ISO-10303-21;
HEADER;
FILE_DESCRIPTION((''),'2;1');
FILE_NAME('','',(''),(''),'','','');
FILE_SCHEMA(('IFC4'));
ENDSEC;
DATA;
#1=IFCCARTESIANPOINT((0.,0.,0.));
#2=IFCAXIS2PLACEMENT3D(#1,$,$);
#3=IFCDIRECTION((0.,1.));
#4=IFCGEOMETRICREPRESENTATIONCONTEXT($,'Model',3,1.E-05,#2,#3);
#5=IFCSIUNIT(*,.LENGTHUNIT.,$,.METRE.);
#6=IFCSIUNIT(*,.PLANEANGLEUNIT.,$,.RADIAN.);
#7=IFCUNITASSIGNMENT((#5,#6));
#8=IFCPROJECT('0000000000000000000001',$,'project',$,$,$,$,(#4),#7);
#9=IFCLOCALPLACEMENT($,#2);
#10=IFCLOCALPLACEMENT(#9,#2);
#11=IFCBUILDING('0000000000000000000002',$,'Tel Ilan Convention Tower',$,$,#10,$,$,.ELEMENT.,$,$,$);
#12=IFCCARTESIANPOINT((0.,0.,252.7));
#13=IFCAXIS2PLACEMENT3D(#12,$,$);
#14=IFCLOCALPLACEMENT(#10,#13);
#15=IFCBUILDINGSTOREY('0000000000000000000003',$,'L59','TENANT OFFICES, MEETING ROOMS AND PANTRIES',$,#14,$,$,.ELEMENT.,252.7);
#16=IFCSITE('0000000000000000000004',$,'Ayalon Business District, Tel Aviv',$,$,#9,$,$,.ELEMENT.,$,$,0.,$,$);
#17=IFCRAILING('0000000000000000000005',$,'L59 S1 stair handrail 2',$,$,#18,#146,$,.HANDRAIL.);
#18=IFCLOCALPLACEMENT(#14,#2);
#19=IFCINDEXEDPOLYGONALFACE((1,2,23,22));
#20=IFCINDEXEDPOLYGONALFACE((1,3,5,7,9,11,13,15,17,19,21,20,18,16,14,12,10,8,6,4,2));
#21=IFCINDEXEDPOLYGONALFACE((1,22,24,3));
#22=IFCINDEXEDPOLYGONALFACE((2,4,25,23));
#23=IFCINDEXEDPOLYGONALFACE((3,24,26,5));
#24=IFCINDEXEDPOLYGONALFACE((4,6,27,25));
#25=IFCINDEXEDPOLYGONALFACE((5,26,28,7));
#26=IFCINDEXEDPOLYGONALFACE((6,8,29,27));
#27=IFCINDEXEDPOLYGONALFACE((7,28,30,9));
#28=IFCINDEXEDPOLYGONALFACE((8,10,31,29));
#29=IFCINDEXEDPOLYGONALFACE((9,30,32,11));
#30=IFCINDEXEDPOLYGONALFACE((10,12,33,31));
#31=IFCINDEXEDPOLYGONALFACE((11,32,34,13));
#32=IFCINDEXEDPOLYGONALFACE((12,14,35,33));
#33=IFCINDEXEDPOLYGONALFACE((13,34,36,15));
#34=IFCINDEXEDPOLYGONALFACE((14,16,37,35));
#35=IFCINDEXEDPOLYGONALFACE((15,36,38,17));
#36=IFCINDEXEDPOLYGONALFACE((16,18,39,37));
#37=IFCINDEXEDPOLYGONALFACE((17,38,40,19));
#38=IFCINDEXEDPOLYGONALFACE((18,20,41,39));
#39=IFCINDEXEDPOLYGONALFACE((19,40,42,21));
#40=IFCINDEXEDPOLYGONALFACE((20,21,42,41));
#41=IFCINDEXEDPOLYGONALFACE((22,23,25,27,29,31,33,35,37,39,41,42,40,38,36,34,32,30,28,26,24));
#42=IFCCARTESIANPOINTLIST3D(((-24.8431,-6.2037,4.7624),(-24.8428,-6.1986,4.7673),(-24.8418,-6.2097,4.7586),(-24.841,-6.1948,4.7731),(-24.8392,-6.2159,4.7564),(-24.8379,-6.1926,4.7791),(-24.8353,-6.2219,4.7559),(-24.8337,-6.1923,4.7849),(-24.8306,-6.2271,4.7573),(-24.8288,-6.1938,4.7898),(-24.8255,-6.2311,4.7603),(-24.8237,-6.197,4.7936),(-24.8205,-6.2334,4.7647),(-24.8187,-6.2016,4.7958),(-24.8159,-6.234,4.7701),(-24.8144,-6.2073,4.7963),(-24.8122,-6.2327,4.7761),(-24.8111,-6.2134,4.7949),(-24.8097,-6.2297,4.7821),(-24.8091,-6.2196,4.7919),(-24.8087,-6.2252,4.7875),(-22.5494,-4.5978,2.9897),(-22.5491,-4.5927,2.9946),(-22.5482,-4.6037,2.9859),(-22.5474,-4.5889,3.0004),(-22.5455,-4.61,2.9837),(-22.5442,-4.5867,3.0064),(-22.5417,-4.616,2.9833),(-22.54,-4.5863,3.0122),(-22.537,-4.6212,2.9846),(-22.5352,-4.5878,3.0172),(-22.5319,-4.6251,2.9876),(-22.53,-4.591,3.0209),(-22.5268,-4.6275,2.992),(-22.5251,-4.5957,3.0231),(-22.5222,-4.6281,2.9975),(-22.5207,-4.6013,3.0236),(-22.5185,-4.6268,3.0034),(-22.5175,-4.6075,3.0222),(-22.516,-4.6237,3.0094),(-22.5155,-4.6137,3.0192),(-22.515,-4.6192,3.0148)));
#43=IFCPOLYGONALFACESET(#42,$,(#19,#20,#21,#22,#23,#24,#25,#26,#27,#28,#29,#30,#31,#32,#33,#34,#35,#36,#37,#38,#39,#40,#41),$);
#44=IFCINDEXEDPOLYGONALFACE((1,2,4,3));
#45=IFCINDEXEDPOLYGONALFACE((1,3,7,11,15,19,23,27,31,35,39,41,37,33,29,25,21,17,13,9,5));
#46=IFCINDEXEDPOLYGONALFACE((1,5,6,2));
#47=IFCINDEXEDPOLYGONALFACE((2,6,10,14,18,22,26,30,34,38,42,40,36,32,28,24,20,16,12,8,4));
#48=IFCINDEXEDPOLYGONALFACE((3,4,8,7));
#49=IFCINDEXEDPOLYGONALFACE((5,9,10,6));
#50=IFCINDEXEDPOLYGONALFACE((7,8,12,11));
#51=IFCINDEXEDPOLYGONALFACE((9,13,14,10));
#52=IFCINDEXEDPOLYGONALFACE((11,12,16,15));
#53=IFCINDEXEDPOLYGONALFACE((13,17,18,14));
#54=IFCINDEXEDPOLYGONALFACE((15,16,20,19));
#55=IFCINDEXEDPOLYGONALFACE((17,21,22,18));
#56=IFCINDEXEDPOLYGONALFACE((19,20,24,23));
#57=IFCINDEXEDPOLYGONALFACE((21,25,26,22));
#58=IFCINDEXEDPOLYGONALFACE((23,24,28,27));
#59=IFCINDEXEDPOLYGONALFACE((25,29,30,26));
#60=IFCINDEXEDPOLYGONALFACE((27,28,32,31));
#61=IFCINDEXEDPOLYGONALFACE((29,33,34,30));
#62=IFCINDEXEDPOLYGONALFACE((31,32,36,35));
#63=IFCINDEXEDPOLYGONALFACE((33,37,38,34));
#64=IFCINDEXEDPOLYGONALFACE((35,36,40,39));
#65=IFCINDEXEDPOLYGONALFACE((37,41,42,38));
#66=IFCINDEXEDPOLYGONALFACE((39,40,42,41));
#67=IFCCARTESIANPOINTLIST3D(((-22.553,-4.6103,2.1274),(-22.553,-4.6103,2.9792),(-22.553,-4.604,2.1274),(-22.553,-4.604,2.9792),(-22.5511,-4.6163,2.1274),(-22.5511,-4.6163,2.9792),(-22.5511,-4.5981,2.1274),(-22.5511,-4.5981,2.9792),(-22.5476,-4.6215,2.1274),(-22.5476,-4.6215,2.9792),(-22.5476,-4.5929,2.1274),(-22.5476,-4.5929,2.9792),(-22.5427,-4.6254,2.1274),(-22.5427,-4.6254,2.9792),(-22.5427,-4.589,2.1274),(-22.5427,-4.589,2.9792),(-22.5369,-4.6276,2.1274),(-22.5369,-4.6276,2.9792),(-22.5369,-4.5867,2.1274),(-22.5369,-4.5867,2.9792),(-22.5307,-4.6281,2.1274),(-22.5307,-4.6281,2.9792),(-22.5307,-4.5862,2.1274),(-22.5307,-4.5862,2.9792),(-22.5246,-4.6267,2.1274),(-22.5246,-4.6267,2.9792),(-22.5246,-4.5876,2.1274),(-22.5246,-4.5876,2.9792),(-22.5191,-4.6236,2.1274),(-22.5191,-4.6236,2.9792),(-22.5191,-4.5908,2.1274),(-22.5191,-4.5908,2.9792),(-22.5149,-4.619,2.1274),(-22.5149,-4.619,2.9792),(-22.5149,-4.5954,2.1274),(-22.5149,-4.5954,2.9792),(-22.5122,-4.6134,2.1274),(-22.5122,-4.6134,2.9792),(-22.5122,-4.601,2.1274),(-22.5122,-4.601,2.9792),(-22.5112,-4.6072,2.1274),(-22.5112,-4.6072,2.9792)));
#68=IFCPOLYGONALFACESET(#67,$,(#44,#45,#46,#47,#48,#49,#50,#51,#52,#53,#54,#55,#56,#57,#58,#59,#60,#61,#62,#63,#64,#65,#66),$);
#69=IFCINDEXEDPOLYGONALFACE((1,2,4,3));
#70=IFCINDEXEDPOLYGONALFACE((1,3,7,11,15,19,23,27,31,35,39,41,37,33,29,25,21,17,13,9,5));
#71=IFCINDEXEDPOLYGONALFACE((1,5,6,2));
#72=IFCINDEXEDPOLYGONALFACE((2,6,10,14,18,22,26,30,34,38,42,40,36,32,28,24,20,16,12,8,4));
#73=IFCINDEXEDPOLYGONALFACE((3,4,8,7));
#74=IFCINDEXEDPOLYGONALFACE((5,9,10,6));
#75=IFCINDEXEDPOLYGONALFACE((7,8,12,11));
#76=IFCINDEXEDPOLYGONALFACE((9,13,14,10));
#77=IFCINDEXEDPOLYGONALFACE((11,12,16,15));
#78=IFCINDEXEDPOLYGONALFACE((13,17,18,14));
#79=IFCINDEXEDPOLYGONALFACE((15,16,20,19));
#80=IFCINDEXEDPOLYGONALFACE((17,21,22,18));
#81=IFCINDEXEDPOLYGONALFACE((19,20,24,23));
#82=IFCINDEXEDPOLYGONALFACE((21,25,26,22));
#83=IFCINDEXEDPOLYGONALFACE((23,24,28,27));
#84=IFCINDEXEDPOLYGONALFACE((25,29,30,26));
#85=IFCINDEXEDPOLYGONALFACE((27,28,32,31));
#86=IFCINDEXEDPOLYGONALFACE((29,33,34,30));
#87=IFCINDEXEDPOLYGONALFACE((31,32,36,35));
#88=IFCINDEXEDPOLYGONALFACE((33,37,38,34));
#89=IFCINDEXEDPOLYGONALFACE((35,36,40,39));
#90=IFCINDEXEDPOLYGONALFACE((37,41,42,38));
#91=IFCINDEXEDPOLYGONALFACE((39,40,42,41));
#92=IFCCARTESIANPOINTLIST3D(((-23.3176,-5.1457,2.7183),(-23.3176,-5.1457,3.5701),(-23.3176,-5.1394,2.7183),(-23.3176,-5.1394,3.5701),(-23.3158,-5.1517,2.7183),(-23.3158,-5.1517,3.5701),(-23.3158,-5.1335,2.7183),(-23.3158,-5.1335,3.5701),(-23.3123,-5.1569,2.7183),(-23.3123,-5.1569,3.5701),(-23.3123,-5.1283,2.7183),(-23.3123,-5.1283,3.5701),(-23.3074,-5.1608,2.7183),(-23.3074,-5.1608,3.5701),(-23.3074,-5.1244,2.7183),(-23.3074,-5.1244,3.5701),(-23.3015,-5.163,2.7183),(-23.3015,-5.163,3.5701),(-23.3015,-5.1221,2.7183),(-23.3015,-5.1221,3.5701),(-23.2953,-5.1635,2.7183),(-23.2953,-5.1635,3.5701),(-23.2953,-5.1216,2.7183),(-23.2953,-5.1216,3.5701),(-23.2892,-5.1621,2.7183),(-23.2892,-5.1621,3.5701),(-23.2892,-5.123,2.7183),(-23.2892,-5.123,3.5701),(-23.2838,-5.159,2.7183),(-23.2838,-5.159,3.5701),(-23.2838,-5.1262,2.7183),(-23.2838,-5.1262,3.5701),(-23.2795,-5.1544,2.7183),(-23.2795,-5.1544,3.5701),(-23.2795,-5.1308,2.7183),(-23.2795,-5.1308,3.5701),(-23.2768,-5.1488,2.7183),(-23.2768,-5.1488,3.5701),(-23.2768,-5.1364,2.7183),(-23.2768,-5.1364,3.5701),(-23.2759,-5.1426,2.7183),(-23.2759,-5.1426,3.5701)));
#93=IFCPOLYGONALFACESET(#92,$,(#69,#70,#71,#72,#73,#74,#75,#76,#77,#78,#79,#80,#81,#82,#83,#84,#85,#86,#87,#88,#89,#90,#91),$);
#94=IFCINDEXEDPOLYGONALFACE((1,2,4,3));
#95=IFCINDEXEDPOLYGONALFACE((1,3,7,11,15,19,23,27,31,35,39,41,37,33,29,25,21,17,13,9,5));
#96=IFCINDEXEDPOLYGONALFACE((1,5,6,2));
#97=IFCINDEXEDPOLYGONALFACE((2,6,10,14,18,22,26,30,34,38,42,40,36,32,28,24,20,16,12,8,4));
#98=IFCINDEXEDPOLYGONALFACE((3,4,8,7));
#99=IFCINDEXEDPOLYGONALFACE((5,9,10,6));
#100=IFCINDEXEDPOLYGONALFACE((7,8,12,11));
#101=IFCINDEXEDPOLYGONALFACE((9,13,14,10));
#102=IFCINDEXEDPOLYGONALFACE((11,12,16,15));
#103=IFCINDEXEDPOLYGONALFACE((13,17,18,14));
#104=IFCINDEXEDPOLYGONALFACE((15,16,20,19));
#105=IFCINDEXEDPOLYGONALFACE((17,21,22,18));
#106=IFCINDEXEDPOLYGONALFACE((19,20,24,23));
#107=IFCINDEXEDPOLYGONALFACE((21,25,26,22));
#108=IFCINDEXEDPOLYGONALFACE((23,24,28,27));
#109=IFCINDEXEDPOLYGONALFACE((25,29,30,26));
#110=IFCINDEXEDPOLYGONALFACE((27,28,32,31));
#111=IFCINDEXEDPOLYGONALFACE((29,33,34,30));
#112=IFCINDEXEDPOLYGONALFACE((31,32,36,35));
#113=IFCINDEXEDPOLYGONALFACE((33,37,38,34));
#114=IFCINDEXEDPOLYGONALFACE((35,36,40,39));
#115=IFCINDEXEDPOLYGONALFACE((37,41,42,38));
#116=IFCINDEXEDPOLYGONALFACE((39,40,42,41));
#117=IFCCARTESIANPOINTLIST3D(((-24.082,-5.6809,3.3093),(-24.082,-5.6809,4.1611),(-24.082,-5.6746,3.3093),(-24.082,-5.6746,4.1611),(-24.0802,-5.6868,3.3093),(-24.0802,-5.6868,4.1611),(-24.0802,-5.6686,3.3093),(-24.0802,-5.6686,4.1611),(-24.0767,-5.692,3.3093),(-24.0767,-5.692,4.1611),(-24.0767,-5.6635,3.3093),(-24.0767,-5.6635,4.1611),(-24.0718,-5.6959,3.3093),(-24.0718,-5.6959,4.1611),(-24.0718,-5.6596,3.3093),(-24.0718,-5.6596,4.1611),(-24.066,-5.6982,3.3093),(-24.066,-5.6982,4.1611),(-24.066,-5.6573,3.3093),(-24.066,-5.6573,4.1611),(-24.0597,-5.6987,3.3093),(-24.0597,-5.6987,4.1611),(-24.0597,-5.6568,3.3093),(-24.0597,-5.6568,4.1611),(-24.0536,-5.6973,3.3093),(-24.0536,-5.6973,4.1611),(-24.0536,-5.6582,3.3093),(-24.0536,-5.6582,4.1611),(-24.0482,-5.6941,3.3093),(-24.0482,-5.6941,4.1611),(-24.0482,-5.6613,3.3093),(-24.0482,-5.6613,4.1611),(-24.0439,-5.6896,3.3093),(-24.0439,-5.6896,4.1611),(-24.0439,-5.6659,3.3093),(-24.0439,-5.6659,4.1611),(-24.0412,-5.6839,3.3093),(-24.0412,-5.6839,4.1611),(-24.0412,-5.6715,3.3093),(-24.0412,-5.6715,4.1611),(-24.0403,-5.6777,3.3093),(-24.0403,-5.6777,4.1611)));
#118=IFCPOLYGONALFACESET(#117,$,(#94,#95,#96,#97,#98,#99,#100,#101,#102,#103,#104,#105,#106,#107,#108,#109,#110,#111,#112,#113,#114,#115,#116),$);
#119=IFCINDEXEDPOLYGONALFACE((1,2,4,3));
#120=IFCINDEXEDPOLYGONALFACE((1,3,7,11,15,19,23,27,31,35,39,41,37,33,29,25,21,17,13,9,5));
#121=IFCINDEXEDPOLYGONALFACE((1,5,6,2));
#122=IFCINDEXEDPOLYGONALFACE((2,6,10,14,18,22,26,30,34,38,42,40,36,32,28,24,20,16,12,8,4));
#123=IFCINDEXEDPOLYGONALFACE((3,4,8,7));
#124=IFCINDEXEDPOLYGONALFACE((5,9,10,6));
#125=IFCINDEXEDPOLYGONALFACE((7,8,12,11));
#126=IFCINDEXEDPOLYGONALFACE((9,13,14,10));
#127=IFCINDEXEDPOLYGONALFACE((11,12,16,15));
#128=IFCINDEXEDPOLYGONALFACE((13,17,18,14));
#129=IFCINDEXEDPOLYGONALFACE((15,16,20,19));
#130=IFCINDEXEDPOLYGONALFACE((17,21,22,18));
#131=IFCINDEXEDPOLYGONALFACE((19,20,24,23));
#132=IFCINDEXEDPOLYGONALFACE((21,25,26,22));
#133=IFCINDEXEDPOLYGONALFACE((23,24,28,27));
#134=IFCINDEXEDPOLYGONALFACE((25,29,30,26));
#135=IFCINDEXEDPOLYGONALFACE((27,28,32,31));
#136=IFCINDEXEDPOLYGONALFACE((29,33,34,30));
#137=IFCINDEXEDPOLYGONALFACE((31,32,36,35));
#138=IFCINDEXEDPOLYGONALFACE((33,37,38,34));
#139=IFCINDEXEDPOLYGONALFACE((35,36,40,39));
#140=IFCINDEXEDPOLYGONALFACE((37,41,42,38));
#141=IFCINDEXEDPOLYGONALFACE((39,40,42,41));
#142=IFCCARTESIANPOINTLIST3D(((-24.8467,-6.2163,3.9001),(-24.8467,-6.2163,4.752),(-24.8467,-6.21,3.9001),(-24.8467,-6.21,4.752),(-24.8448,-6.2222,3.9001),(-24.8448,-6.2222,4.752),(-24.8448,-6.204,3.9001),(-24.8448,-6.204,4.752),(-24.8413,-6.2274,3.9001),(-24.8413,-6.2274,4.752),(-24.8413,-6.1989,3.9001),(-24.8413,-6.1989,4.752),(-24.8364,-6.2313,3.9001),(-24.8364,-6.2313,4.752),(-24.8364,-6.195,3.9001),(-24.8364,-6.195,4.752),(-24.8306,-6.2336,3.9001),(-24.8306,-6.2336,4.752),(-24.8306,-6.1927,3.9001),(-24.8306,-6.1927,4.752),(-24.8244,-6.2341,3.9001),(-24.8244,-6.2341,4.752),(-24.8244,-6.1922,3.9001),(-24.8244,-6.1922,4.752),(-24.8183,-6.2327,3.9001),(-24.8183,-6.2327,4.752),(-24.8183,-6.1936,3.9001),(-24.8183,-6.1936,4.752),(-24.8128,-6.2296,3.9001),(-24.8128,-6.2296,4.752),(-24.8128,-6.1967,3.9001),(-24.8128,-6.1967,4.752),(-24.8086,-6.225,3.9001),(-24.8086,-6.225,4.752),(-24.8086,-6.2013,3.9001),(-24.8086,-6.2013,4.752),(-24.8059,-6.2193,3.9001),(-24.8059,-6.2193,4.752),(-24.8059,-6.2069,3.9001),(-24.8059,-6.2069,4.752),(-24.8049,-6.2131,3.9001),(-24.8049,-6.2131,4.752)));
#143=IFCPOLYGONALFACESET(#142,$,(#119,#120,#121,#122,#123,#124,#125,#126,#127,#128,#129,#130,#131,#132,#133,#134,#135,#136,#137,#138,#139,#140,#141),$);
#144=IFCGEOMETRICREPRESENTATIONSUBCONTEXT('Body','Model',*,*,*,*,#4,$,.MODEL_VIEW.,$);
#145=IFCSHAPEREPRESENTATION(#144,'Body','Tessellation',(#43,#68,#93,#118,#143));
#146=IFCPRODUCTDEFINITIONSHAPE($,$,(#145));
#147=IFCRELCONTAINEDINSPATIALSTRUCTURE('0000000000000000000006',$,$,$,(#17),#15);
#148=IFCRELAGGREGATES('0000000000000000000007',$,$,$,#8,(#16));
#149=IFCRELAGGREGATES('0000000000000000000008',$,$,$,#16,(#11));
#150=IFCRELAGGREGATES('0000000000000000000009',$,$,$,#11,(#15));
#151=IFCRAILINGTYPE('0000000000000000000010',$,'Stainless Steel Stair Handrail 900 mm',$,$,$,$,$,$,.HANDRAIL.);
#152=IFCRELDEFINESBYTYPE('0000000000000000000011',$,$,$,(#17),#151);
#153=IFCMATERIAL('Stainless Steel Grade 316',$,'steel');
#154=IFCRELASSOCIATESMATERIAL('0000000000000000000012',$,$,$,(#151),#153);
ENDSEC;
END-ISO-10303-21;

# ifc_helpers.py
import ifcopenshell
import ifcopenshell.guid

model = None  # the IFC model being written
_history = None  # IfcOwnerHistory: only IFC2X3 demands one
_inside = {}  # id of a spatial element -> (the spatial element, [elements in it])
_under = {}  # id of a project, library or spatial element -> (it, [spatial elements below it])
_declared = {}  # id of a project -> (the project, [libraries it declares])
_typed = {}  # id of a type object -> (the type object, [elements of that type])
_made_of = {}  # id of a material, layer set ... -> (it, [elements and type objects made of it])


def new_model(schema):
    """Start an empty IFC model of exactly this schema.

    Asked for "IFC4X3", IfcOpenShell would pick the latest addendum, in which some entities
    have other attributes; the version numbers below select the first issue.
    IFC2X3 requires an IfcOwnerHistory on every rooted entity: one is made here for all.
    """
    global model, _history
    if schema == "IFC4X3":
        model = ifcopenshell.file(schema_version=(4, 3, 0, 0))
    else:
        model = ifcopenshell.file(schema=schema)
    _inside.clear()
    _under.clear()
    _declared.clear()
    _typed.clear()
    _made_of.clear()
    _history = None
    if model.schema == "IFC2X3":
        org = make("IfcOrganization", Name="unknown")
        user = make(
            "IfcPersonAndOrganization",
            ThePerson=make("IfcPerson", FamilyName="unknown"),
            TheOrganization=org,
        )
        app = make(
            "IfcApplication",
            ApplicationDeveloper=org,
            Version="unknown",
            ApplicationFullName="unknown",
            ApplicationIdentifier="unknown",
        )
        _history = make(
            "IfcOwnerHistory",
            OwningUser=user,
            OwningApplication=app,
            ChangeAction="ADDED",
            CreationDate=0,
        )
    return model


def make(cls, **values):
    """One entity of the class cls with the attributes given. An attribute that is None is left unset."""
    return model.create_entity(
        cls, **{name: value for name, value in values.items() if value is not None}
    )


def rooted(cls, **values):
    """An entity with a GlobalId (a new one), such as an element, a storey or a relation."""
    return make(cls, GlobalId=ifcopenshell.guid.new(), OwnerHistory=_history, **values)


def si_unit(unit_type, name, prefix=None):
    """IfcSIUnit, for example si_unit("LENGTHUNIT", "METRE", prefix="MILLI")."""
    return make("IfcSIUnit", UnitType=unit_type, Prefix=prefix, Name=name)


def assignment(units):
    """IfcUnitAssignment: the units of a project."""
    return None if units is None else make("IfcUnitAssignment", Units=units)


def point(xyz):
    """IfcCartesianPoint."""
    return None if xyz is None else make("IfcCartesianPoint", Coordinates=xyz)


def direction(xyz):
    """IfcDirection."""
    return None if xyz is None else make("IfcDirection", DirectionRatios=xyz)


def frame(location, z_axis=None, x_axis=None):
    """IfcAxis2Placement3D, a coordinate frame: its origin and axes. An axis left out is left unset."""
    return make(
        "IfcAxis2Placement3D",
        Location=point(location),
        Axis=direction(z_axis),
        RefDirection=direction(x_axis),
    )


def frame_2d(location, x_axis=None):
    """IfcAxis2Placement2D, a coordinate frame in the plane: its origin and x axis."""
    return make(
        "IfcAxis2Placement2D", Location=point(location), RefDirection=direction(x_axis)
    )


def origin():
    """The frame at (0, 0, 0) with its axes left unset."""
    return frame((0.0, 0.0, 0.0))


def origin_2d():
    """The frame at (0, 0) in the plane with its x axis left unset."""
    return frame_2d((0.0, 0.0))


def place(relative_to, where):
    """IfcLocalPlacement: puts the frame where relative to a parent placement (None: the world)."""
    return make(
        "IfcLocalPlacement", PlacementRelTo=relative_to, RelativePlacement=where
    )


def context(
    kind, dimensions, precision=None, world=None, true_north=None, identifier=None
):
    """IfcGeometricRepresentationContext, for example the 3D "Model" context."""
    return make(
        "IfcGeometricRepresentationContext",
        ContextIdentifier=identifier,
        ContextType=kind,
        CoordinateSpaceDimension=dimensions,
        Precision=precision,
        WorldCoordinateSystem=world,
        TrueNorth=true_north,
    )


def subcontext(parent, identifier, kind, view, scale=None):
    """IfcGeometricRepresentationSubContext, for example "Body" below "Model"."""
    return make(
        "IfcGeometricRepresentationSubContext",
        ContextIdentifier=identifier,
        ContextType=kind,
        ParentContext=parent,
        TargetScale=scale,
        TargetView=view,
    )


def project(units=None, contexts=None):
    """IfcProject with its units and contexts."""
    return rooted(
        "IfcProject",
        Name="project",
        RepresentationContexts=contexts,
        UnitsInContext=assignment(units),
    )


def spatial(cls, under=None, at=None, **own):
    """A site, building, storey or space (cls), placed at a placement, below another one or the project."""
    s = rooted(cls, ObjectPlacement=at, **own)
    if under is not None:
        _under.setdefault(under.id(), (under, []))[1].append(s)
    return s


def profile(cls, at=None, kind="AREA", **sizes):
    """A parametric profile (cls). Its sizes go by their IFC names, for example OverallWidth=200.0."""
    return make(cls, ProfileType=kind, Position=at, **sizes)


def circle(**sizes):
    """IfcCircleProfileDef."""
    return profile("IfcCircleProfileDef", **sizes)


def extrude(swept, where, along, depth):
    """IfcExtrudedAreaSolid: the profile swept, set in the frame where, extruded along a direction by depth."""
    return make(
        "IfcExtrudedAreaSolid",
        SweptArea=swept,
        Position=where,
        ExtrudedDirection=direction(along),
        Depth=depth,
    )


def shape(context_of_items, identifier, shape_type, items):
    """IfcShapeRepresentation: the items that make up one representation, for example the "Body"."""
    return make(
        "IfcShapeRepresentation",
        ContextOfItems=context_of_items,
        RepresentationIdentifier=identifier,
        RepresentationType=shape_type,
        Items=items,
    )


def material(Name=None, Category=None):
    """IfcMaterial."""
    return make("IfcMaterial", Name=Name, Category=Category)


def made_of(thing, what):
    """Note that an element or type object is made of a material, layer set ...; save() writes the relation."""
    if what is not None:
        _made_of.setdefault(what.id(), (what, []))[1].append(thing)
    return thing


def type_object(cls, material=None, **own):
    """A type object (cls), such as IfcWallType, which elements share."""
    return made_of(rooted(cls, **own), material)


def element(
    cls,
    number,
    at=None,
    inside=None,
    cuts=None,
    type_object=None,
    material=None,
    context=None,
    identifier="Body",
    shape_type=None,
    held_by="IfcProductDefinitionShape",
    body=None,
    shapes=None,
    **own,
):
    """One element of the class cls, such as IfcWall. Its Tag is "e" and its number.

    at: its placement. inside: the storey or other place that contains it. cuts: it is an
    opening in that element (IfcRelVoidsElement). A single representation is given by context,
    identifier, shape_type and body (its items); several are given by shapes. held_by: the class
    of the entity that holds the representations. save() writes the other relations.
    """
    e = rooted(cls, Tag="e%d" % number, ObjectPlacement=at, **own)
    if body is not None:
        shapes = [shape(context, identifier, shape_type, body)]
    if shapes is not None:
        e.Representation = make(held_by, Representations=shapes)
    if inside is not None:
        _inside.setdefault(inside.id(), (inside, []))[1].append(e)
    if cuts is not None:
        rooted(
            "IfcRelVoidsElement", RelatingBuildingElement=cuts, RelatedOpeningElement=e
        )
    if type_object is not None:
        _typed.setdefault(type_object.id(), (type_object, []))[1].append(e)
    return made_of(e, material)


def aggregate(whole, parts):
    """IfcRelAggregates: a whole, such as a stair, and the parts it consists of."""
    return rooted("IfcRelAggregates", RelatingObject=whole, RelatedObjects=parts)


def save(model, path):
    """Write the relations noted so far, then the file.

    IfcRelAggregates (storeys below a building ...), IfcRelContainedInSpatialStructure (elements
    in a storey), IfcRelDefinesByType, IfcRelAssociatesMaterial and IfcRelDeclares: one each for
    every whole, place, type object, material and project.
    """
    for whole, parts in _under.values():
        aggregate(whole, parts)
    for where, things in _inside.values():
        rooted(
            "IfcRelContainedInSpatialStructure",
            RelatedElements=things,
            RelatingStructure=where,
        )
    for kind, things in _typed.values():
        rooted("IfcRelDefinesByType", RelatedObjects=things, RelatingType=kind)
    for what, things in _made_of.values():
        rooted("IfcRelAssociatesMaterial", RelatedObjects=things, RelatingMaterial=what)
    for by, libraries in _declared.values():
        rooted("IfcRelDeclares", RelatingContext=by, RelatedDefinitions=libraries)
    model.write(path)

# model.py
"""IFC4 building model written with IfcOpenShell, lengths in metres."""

from ifc_helpers import new_model, si_unit, direction, frame, origin, origin_2d, place, context, subcontext, project, spatial, circle, extrude, material, type_object, element, save


model = new_model("IFC4")

# Units and contexts
model_context = context("Model", 3, precision=1e-05, world=origin(), true_north=direction((0.0, 1.0)))
body_context = subcontext(model_context, "Body", "Model", "MODEL_VIEW")
ifc_project = project(units=[si_unit("LENGTHUNIT", "METRE"), si_unit("PLANEANGLEUNIT", "RADIAN")], contexts=[model_context])

# Site, building, storey
site_placement = place(None, origin())
site = spatial("IfcSite", under=ifc_project, at=site_placement, Name="Ayalon Business District, Tel Aviv", CompositionType="ELEMENT", RefElevation=0.0)
building_placement = place(site_placement, origin())
building = spatial("IfcBuilding", under=site, at=building_placement, Name="Tel Ilan Convention Tower", CompositionType="ELEMENT")
storey_placement = place(building_placement, frame((0.0, 0.0, 252.7)))
storey = spatial("IfcBuildingStorey", under=building, at=storey_placement, Name="L59", Description="TENANT OFFICES, MEETING ROOMS AND PANTRIES", CompositionType="ELEMENT", Elevation=252.7)

# Railing
ifc_material_1 = material(Name="Stainless Steel Grade 316", Category="steel")
railing_type_1 = type_object("IfcRailingType", Name="Stainless Steel Stair Handrail 900 mm", PredefinedType="HANDRAIL", material=ifc_material_1)
for number, where, name in (
    (1, (-22.5322, -4.6072, 2.1274), "L59 S1 stair handrail 2"),
):
    element("IfcRailing", number, at=place(storey_placement, frame(where)), inside=storey, type_object=railing_type_1, Name=name, PredefinedType="HANDRAIL", context=body_context, shape_type="SweptSolid", body=[
        extrude(circle(Radius=0.0239, at=origin_2d()), frame((0.0, 0.0, 0.876), z_axis=(-0.692123, -0.484597, 0.534913), x_axis=(0.57355, -0.81917, 0.0)), (0.0, 0.0, 1.0), 3.314),
        extrude(circle(Radius=0.021, at=origin_2d()), origin(), (0.0, 0.0, 1.0), 0.8518),
        extrude(circle(Radius=0.021, at=origin_2d()), frame((-0.7646, -0.5354, 0.5908)), (0.0, 0.0, 1.0), 0.8518),
        extrude(circle(Radius=0.021, at=origin_2d()), frame((-1.5291, -1.0706, 1.1819)), (0.0, 0.0, 1.0), 0.8518),
        extrude(circle(Radius=0.021, at=origin_2d()), frame((-2.2937, -1.606, 1.7727)), (0.0, 0.0, 1.0), 0.8518),
    ])

save(model, "model.ifc")
